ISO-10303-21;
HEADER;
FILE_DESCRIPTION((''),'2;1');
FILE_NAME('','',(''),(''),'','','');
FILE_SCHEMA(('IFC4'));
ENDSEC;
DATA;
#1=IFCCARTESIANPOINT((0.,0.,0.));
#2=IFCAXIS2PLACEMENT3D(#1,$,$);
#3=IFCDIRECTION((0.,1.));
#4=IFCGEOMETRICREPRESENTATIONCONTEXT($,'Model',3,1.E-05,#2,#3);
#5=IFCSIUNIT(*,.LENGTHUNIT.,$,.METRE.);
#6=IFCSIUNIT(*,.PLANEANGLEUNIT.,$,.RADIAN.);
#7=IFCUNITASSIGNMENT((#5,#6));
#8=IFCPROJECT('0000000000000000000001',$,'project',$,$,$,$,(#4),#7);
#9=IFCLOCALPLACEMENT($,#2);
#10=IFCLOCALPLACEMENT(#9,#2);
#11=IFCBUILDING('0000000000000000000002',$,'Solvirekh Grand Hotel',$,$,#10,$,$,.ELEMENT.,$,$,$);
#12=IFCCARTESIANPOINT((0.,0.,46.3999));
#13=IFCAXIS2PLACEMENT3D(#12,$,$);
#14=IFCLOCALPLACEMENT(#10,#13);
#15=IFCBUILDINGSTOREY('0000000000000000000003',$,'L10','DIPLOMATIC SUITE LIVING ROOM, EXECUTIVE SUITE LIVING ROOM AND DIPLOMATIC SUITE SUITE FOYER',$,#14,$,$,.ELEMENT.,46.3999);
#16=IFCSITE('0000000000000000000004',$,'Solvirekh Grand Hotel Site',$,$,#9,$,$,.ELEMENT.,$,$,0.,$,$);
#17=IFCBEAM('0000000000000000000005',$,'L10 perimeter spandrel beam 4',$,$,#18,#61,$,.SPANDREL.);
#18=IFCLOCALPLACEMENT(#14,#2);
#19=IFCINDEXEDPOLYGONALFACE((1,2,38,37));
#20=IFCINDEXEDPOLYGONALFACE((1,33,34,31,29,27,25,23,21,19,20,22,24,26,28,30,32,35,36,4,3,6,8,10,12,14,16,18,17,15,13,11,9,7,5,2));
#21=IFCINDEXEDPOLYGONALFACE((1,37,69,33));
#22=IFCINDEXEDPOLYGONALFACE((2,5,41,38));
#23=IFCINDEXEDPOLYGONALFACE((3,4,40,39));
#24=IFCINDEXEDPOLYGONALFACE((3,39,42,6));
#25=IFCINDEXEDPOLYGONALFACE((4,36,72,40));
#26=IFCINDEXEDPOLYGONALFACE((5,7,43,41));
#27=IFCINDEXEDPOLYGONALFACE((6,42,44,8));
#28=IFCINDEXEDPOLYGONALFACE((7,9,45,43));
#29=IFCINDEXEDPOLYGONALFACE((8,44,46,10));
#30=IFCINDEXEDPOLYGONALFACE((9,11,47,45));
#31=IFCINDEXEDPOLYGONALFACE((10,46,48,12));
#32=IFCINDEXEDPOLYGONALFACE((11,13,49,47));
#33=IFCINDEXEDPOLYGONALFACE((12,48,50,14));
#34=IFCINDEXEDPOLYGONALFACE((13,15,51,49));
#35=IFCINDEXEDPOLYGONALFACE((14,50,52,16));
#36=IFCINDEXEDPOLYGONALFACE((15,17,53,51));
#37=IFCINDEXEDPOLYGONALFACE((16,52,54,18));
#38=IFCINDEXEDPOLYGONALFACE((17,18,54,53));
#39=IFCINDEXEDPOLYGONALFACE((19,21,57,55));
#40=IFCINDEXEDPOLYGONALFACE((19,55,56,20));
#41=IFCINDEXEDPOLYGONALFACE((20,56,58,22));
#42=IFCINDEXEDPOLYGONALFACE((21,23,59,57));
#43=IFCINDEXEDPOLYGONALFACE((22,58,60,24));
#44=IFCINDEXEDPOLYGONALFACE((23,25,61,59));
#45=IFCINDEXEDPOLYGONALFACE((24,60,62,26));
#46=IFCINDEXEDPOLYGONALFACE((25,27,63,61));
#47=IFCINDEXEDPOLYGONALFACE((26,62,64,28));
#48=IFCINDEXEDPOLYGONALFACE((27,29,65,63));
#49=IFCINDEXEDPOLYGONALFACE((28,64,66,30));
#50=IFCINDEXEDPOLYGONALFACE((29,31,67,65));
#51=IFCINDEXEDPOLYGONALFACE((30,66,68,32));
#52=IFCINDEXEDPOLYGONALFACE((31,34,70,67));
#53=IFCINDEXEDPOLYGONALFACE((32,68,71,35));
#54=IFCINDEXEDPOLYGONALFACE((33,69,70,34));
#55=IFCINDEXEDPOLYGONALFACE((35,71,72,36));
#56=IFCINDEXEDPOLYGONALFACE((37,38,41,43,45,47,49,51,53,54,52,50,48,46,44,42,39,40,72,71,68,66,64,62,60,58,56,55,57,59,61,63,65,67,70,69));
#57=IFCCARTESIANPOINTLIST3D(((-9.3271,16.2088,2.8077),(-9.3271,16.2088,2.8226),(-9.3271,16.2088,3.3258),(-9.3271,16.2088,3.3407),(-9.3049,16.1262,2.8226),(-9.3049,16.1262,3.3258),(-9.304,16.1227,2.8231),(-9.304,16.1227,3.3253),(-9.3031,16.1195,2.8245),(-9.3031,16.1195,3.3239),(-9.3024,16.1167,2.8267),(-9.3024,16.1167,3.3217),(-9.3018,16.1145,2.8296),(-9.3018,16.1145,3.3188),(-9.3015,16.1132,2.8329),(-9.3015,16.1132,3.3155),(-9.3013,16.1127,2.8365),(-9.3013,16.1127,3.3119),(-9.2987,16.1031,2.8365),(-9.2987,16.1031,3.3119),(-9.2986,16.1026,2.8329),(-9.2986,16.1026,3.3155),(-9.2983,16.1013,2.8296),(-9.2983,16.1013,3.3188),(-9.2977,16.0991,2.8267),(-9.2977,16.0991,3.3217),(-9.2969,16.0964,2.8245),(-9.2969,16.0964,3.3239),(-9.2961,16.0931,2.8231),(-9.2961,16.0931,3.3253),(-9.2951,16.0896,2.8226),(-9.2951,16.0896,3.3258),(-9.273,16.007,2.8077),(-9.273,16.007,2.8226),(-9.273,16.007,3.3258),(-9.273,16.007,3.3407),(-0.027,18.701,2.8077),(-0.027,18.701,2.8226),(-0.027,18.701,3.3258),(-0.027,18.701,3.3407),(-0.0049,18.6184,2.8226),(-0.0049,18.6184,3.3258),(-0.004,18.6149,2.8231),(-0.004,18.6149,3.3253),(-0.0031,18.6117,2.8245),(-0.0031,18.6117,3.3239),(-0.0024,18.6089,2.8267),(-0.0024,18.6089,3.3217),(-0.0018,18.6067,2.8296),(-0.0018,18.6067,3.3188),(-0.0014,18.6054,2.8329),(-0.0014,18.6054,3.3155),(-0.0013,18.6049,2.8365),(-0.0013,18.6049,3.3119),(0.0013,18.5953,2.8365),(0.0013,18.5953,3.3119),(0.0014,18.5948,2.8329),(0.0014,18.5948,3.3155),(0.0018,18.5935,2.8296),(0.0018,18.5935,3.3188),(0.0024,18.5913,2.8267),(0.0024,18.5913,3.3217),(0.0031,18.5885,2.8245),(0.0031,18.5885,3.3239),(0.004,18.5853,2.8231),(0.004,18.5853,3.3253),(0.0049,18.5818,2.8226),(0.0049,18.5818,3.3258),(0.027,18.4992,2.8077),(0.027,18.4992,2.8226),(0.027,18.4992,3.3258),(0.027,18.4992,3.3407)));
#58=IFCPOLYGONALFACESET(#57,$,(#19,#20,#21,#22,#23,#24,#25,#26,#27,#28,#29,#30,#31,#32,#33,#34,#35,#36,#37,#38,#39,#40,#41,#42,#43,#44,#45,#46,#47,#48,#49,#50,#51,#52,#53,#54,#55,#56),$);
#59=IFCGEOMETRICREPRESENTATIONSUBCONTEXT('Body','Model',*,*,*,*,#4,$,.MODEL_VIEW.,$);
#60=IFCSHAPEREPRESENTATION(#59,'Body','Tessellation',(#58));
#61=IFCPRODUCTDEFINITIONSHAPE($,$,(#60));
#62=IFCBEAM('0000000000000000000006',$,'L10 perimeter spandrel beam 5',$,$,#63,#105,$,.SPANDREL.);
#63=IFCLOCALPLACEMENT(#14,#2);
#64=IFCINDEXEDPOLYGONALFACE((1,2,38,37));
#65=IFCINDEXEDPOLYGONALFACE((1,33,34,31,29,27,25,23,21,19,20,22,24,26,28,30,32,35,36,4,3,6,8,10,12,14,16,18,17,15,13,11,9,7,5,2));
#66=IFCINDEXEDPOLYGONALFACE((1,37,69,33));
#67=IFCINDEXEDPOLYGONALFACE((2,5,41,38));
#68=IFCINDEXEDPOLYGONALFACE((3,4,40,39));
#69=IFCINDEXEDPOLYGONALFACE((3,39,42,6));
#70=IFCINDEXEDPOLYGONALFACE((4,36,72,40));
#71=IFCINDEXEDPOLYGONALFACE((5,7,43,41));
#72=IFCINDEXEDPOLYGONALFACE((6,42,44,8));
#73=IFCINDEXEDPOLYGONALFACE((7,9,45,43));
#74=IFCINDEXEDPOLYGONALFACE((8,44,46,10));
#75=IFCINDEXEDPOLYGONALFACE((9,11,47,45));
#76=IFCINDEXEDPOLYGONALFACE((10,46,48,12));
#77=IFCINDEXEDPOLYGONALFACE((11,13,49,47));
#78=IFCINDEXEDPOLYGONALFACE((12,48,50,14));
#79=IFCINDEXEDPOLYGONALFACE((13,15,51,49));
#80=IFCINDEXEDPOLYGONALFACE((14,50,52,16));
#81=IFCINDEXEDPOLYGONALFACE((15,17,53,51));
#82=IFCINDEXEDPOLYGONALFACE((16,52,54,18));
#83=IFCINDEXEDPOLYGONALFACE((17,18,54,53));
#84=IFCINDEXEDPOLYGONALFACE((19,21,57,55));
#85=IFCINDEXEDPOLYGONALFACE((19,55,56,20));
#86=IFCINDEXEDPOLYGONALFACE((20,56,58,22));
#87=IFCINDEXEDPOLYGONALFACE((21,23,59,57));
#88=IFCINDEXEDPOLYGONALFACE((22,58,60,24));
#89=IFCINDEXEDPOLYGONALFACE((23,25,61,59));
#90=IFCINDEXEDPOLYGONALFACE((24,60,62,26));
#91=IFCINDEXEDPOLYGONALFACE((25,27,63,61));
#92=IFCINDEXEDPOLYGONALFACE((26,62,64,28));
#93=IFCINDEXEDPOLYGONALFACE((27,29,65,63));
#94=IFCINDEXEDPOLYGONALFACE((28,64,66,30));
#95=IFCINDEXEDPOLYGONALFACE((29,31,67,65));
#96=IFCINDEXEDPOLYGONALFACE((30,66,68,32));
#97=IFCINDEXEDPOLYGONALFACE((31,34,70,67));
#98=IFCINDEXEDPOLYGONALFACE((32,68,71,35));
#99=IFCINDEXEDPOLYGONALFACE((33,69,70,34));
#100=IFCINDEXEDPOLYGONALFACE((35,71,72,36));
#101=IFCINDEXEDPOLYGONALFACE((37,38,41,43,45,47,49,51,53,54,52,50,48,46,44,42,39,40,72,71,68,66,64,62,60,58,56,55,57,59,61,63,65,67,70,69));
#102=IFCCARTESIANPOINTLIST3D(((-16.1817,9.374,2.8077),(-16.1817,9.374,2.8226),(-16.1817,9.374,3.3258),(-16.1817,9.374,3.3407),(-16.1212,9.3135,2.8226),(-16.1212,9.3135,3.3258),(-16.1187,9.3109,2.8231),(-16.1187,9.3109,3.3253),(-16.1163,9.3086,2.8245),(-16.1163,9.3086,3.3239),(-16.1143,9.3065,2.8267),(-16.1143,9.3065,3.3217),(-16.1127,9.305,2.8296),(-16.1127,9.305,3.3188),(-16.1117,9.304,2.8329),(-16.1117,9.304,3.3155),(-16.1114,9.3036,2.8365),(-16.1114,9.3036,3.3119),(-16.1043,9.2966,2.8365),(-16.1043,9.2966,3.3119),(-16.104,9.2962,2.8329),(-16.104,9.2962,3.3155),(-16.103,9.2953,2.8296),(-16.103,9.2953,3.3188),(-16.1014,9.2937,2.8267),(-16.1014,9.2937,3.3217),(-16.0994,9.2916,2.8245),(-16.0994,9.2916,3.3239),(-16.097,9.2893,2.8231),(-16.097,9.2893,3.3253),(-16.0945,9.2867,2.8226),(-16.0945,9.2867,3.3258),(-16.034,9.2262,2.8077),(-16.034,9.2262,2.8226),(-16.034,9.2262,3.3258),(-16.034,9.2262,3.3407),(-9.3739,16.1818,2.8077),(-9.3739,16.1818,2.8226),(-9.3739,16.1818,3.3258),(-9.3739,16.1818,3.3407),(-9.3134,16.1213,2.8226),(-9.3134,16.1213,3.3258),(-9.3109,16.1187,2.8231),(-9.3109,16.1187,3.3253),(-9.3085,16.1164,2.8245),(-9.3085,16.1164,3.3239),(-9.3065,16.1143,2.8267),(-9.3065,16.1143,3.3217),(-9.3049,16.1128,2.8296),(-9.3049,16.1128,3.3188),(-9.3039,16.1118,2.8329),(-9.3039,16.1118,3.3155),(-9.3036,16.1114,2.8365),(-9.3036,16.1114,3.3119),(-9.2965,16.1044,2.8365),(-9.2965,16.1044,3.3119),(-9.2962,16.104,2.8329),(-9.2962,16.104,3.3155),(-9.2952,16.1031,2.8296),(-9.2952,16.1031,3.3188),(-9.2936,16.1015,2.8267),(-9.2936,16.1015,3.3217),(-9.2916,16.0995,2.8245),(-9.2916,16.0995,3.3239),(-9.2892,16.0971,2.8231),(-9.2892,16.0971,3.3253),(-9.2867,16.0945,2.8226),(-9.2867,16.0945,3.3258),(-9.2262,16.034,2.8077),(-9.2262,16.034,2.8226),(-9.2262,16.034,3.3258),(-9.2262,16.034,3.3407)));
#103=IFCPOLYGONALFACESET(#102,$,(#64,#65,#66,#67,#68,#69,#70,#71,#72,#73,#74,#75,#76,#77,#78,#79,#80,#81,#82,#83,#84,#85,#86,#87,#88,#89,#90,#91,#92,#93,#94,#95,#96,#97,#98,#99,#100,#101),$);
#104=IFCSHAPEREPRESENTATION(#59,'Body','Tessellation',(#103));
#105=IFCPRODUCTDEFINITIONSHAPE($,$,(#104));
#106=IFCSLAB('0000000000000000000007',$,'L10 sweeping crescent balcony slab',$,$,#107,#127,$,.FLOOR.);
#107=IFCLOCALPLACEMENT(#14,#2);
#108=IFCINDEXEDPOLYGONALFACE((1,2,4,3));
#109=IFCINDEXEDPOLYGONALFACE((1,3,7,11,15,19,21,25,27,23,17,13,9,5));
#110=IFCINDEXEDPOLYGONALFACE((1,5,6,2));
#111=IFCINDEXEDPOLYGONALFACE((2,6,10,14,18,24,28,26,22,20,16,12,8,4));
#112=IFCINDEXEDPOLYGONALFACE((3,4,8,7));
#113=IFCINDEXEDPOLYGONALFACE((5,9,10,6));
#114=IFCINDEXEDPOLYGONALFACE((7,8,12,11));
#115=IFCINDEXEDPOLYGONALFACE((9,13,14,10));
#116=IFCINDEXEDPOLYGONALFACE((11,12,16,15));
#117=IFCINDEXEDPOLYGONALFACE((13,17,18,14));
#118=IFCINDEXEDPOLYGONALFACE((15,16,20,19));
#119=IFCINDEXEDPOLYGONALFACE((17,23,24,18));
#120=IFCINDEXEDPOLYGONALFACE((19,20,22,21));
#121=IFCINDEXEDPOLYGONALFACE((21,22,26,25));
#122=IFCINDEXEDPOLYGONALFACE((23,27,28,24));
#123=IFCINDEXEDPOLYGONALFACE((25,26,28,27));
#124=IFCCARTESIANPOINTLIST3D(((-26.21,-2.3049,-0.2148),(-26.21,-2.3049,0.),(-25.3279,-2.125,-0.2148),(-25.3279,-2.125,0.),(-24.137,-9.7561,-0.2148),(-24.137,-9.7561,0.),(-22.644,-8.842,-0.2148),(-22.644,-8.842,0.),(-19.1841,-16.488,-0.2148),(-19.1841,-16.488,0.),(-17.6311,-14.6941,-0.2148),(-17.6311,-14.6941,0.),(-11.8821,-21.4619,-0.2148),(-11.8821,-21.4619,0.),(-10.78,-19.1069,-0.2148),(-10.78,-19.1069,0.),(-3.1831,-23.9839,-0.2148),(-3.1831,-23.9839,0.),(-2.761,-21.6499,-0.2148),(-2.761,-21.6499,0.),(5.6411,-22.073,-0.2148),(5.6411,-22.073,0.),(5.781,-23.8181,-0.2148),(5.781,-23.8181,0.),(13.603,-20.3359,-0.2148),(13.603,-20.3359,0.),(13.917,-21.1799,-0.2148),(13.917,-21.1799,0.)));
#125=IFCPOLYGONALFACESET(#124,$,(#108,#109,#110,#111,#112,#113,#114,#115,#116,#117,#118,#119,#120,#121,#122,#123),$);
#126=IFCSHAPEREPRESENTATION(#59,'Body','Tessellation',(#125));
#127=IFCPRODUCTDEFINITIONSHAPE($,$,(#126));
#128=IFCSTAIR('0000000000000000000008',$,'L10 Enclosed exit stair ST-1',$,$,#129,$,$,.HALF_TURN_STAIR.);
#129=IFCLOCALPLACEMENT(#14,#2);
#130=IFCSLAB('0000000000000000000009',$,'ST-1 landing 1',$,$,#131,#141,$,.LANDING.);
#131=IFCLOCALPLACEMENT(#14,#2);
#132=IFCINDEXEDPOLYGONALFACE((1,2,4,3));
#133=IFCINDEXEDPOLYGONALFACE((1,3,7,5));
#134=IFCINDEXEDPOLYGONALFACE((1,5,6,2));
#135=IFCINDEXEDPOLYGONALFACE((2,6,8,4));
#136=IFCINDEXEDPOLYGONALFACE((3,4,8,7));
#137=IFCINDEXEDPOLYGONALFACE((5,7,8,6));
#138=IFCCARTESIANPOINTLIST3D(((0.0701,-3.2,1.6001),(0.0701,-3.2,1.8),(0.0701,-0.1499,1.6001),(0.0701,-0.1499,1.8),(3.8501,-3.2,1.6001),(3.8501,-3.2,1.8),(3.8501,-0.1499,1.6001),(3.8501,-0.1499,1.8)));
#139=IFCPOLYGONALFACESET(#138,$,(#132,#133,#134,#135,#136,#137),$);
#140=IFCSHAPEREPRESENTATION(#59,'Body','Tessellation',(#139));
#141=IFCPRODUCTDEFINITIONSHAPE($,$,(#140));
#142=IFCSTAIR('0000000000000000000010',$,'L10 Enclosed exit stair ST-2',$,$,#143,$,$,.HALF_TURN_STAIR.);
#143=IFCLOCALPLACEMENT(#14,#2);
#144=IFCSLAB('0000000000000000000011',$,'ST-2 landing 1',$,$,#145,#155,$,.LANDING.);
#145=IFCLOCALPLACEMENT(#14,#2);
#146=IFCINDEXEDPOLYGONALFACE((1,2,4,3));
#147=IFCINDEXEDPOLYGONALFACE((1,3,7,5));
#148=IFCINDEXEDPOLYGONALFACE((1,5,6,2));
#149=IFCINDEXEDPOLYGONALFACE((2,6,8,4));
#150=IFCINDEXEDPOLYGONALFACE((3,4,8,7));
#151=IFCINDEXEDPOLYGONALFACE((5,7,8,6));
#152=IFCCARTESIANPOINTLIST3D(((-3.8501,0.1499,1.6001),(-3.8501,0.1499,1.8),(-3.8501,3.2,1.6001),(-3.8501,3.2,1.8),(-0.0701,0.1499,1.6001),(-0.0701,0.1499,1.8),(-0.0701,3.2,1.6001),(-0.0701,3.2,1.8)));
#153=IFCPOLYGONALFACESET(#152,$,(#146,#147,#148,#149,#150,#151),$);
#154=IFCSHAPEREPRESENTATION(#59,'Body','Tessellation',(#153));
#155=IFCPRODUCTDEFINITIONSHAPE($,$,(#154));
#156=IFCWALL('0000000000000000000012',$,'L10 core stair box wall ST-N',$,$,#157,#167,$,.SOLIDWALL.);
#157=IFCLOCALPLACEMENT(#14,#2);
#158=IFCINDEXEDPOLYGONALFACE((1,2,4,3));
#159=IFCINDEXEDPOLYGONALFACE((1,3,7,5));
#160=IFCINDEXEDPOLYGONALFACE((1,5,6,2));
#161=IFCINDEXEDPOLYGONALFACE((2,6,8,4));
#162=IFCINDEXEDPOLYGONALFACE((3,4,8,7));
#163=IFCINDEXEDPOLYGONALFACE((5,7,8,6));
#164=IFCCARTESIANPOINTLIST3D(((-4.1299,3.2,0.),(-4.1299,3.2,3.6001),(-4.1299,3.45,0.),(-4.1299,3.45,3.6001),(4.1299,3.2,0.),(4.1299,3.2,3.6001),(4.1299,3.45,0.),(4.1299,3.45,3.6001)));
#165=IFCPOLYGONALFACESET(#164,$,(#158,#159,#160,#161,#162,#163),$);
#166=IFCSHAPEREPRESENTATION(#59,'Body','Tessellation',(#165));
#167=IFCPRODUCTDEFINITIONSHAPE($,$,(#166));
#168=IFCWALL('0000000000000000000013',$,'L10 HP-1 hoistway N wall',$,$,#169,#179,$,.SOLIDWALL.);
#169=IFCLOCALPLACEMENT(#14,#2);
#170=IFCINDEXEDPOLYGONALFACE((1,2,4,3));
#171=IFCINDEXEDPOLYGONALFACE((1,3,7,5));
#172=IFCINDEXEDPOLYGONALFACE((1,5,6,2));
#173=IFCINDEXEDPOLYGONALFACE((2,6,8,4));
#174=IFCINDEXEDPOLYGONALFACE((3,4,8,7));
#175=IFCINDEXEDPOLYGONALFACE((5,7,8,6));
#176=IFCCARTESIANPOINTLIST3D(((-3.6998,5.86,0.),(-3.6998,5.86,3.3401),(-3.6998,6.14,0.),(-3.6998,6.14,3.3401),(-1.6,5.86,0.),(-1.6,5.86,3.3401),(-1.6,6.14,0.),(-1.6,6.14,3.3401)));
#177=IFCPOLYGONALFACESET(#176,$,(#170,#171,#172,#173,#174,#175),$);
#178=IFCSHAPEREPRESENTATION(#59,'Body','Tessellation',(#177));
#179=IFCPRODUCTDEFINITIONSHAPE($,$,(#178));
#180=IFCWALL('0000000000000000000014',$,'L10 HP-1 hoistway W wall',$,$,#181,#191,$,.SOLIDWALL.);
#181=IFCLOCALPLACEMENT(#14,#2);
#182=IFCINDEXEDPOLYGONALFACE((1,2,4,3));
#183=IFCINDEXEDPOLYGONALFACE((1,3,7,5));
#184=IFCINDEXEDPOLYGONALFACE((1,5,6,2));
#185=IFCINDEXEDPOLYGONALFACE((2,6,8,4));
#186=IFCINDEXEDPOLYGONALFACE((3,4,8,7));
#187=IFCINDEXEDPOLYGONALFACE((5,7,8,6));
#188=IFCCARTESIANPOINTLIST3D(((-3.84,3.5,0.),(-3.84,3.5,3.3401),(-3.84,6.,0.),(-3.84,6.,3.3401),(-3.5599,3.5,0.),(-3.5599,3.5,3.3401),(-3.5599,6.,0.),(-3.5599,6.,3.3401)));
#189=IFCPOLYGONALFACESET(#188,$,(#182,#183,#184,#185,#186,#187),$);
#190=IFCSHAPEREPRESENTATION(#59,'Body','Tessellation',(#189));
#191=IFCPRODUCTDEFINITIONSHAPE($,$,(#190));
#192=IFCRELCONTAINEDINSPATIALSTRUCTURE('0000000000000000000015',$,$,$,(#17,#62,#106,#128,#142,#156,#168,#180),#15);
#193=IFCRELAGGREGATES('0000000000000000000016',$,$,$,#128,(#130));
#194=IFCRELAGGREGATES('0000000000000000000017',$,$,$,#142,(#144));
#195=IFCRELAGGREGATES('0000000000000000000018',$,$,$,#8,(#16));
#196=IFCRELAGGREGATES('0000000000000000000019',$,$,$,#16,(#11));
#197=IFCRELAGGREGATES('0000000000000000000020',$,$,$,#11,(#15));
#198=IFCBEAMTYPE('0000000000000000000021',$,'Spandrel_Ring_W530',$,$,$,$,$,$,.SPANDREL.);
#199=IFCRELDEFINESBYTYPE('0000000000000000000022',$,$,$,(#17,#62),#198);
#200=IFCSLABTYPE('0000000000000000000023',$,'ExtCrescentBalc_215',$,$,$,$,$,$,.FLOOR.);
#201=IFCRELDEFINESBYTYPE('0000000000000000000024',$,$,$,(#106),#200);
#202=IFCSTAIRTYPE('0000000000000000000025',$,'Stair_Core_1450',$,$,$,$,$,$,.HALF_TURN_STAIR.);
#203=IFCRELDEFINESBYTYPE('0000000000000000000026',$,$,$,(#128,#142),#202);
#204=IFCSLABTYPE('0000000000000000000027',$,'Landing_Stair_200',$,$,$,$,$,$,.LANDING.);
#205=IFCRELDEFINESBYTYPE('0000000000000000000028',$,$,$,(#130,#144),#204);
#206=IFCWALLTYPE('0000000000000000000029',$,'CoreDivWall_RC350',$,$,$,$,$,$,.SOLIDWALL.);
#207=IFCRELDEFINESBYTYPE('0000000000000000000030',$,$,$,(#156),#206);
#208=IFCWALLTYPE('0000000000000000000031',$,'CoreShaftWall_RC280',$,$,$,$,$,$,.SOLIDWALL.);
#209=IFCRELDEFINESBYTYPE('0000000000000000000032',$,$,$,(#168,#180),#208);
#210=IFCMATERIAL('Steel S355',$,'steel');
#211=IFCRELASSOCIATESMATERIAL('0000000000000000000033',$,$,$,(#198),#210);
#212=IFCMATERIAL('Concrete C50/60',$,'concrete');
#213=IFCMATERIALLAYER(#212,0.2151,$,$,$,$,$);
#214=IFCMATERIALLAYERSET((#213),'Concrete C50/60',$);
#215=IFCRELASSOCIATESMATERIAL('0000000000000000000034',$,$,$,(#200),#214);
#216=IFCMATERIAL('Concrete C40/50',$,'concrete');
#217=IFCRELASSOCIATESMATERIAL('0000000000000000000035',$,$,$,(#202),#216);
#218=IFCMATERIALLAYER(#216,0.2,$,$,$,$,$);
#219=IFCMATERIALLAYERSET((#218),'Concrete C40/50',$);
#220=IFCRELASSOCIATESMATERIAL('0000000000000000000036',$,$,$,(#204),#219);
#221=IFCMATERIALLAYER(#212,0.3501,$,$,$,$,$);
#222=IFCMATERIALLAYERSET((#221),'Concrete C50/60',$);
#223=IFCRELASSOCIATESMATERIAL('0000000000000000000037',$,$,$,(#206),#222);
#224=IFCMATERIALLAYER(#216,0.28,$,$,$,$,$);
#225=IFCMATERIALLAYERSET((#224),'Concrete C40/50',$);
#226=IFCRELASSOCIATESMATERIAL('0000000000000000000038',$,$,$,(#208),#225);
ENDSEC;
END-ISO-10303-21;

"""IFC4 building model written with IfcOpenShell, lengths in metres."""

from ifc_helpers import new_model, si_unit, direction, frame, frame_2d, origin, origin_2d, place, context, subcontext, project, spatial, polyline, rectangle, i_section, outline, extrude, material, layer, layer_set, material_profile, profile_set, type_object, element, aggregate, save


model = new_model("IFC4")

# Units and contexts
model_context = context("Model", 3, precision=1e-05, world=origin(), true_north=direction((0.0, 1.0)))
body_context = subcontext(model_context, "Body", "Model", "MODEL_VIEW")
ifc_project = project(units=[si_unit("LENGTHUNIT", "METRE"), si_unit("PLANEANGLEUNIT", "RADIAN")], contexts=[model_context])

# Site, building, storey
site_placement = place(None, origin())
site = spatial("IfcSite", under=ifc_project, at=site_placement, Name="Solvirekh Grand Hotel Site", CompositionType="ELEMENT", RefElevation=0.0)
building_placement = place(site_placement, origin())
building = spatial("IfcBuilding", under=site, at=building_placement, Name="Solvirekh Grand Hotel", CompositionType="ELEMENT")
storey_placement = place(building_placement, frame((0.0, 0.0, 46.3999)))
storey = spatial("IfcBuildingStorey", under=building, at=storey_placement, Name="L10", Description="DIPLOMATIC SUITE LIVING ROOM, EXECUTIVE SUITE LIVING ROOM AND DIPLOMATIC SUITE SUITE FOYER", CompositionType="ELEMENT", Elevation=46.3999)

# Beams
ifc_material_1 = material(Name="Concrete C50/60", Category="concrete")
ifc_material_2 = material(Name="Steel S355", Category="steel")
ifc_material_profile_1 = material_profile(ifc_material_2, i_section(OverallWidth=0.209, OverallDepth=0.533, WebThickness=0.01, FlangeThickness=0.0149, FilletRadius=0.0139, at=origin_2d()), Name="W530X92")
ifc_profile_set_1 = profile_set([ifc_material_profile_1], Name="Steel S355")
beam_type_1 = type_object("IfcBeamType", Name="Spandrel_Ring_W530", PredefinedType="SPANDREL", material=ifc_profile_set_1)
beam_1_placement = place(storey_placement, frame((0.0, 18.6001, 3.0742), z_axis=(-0.965919, -0.258843, 0.0), x_axis=(0.258843, -0.965919, 0.0)))
element("IfcBeam", 1, at=beam_1_placement, inside=storey, type_object=beam_type_1, Name="L10 perimeter spandrel beam 4", PredefinedType="SPANDREL", context=body_context, shape_type="SweptSolid", body=[
    extrude(i_section(OverallWidth=0.209, OverallDepth=0.533, WebThickness=0.01, FlangeThickness=0.0149, FilletRadius=0.0139, at=origin_2d()), origin(), (0.0, 0.0, 1.0), 9.6282),
])
beam_2_placement = place(storey_placement, frame((-9.3, 16.1079, 3.0742), z_axis=(-0.707107, -0.707107, 0.0), x_axis=(0.707107, -0.707107, 0.0)))
element("IfcBeam", 2, at=beam_2_placement, inside=storey, type_object=beam_type_1, Name="L10 perimeter spandrel beam 5", PredefinedType="SPANDREL", context=body_context, shape_type="SweptSolid", body=[
    extrude(i_section(OverallWidth=0.209, OverallDepth=0.533, WebThickness=0.01, FlangeThickness=0.0149, FilletRadius=0.0139, at=origin_2d()), origin(), (0.0, 0.0, 1.0), 9.6277),
])

# Slab
ifc_layer_1 = layer(ifc_material_1, 0.2151)
ifc_layer_set_1 = layer_set([ifc_layer_1], Name="Concrete C50/60")
slab_type_1 = type_object("IfcSlabType", Name="ExtCrescentBalc_215", PredefinedType="FLOOR", material=ifc_layer_set_1)
slab_1_placement = place(storey_placement, frame((0.0, 0.0, -0.2148)))
element("IfcSlab", 3, at=slab_1_placement, inside=storey, type_object=slab_type_1, Name="L10 sweeping crescent balcony slab", PredefinedType="FLOOR", context=body_context, shape_type="SweptSolid", body=[
    extrude(outline(polyline([(-26.21, -2.3049), (-24.137, -9.7561), (-19.1841, -16.488), (-11.8821, -21.4619), (-3.1831, -23.9839), (5.781, -23.8181), (13.917, -21.1799), (13.603, -20.3359), (5.6411, -22.073), (-2.761, -21.6499), (-10.78, -19.1069), (-17.6311, -14.6941), (-22.644, -8.842), (-25.3279, -2.125), (-26.21, -2.3049)])), origin(), (0.0, 0.0, 1.0), 0.2148),
])

# Stairs, slabs
ifc_material_3 = material(Name="Concrete C40/50", Category="concrete")
stair_type = type_object("IfcStairType", Name="Stair_Core_1450", PredefinedType="HALF_TURN_STAIR", material=ifc_material_3)
stair_1_placement = place(storey_placement, origin())
stair_1 = element("IfcStair", 4, at=stair_1_placement, inside=storey, type_object=stair_type, Name="L10 Enclosed exit stair ST-1", PredefinedType="HALF_TURN_STAIR")
ifc_layer_2 = layer(ifc_material_3, 0.2)
ifc_layer_set_2 = layer_set([ifc_layer_2], Name="Concrete C40/50")
slab_type_2 = type_object("IfcSlabType", Name="Landing_Stair_200", PredefinedType="LANDING", material=ifc_layer_set_2)
slab_2_placement = place(storey_placement, frame((0.0, 0.0, 1.6001)))
slab_2 = element("IfcSlab", 5, at=slab_2_placement, type_object=slab_type_2, Name="ST-1 landing 1", PredefinedType="LANDING", context=body_context, shape_type="SweptSolid", body=[
    extrude(outline(polyline([(0.0701, -3.2), (3.8501, -3.2), (3.8501, -0.1499), (0.0701, -0.1499), (0.0701, -3.2)])), origin(), (0.0, 0.0, 1.0), 0.2),
])
aggregate(stair_1, [slab_2])
stair_2_placement = place(storey_placement, origin())
stair_2 = element("IfcStair", 6, at=stair_2_placement, inside=storey, type_object=stair_type, Name="L10 Enclosed exit stair ST-2", PredefinedType="HALF_TURN_STAIR")
slab_3_placement = place(storey_placement, frame((0.0, 0.0, 1.6001)))
slab_3 = element("IfcSlab", 7, at=slab_3_placement, type_object=slab_type_2, Name="ST-2 landing 1", PredefinedType="LANDING", context=body_context, shape_type="SweptSolid", body=[
    extrude(outline(polyline([(-0.0701, 3.2), (-3.8501, 3.2), (-3.8501, 0.1499), (-0.0701, 0.1499), (-0.0701, 3.2)])), origin(), (0.0, 0.0, 1.0), 0.2),
])

# Walls
ifc_layer_3 = layer(ifc_material_1, 0.3501)
ifc_layer_set_3 = layer_set([ifc_layer_3], Name="Concrete C50/60")
wall_type_1 = type_object("IfcWallType", Name="CoreDivWall_RC350", PredefinedType="SOLIDWALL", material=ifc_layer_set_3)
wall_1_placement = place(storey_placement, frame((-4.1299, 3.325, 0.0), z_axis=(0.0, 0.0, 1.0), x_axis=(1.0, 0.0, 0.0)))
element("IfcWall", 8, at=wall_1_placement, inside=storey, type_object=wall_type_1, Name="L10 core stair box wall ST-N", PredefinedType="SOLIDWALL", context=body_context, shape_type="SweptSolid", body=[
    extrude(rectangle(XDim=8.2598, YDim=0.25, at=frame_2d((4.1299, 0.0))), origin(), (0.0, 0.0, 1.0), 3.6001),
])
ifc_layer_4 = layer(ifc_material_3, 0.28)
ifc_layer_set_4 = layer_set([ifc_layer_4], Name="Concrete C40/50")
wall_type_2 = type_object("IfcWallType", Name="CoreShaftWall_RC280", PredefinedType="SOLIDWALL", material=ifc_layer_set_4)
wall_2_placement = place(storey_placement, frame((-1.6001, 6.0, 0.0), z_axis=(0.0, 0.0, 1.0), x_axis=(-1.0, 0.0, 0.0)))
element("IfcWall", 9, at=wall_2_placement, inside=storey, type_object=wall_type_2, Name="L10 HP-1 hoistway N wall", PredefinedType="SOLIDWALL", context=body_context, shape_type="SweptSolid", body=[
    extrude(rectangle(XDim=2.0999, YDim=0.28, at=frame_2d((1.0498, 0.0))), origin(), (0.0, 0.0, 1.0), 3.3401),
])
for number, where, z_axis, x_axis, name in (
    (10, (-3.7, 6.0, 0.0), (0.0, 0.0, 1.0), (0.0, -1.0, 0.0), "L10 HP-1 hoistway W wall"),
):
    element("IfcWall", number, at=place(storey_placement, frame(where, z_axis=z_axis, x_axis=x_axis)), inside=storey, type_object=wall_type_2, Name=name, PredefinedType="SOLIDWALL", context=body_context, shape_type="SweptSolid", body=[
        extrude(rectangle(XDim=2.5, YDim=0.28, at=frame_2d((1.25, 0.0))), origin(), (0.0, 0.0, 1.0), 3.3401),
    ])

aggregate(stair_2, [slab_3])

save(model, "model.ifc")
